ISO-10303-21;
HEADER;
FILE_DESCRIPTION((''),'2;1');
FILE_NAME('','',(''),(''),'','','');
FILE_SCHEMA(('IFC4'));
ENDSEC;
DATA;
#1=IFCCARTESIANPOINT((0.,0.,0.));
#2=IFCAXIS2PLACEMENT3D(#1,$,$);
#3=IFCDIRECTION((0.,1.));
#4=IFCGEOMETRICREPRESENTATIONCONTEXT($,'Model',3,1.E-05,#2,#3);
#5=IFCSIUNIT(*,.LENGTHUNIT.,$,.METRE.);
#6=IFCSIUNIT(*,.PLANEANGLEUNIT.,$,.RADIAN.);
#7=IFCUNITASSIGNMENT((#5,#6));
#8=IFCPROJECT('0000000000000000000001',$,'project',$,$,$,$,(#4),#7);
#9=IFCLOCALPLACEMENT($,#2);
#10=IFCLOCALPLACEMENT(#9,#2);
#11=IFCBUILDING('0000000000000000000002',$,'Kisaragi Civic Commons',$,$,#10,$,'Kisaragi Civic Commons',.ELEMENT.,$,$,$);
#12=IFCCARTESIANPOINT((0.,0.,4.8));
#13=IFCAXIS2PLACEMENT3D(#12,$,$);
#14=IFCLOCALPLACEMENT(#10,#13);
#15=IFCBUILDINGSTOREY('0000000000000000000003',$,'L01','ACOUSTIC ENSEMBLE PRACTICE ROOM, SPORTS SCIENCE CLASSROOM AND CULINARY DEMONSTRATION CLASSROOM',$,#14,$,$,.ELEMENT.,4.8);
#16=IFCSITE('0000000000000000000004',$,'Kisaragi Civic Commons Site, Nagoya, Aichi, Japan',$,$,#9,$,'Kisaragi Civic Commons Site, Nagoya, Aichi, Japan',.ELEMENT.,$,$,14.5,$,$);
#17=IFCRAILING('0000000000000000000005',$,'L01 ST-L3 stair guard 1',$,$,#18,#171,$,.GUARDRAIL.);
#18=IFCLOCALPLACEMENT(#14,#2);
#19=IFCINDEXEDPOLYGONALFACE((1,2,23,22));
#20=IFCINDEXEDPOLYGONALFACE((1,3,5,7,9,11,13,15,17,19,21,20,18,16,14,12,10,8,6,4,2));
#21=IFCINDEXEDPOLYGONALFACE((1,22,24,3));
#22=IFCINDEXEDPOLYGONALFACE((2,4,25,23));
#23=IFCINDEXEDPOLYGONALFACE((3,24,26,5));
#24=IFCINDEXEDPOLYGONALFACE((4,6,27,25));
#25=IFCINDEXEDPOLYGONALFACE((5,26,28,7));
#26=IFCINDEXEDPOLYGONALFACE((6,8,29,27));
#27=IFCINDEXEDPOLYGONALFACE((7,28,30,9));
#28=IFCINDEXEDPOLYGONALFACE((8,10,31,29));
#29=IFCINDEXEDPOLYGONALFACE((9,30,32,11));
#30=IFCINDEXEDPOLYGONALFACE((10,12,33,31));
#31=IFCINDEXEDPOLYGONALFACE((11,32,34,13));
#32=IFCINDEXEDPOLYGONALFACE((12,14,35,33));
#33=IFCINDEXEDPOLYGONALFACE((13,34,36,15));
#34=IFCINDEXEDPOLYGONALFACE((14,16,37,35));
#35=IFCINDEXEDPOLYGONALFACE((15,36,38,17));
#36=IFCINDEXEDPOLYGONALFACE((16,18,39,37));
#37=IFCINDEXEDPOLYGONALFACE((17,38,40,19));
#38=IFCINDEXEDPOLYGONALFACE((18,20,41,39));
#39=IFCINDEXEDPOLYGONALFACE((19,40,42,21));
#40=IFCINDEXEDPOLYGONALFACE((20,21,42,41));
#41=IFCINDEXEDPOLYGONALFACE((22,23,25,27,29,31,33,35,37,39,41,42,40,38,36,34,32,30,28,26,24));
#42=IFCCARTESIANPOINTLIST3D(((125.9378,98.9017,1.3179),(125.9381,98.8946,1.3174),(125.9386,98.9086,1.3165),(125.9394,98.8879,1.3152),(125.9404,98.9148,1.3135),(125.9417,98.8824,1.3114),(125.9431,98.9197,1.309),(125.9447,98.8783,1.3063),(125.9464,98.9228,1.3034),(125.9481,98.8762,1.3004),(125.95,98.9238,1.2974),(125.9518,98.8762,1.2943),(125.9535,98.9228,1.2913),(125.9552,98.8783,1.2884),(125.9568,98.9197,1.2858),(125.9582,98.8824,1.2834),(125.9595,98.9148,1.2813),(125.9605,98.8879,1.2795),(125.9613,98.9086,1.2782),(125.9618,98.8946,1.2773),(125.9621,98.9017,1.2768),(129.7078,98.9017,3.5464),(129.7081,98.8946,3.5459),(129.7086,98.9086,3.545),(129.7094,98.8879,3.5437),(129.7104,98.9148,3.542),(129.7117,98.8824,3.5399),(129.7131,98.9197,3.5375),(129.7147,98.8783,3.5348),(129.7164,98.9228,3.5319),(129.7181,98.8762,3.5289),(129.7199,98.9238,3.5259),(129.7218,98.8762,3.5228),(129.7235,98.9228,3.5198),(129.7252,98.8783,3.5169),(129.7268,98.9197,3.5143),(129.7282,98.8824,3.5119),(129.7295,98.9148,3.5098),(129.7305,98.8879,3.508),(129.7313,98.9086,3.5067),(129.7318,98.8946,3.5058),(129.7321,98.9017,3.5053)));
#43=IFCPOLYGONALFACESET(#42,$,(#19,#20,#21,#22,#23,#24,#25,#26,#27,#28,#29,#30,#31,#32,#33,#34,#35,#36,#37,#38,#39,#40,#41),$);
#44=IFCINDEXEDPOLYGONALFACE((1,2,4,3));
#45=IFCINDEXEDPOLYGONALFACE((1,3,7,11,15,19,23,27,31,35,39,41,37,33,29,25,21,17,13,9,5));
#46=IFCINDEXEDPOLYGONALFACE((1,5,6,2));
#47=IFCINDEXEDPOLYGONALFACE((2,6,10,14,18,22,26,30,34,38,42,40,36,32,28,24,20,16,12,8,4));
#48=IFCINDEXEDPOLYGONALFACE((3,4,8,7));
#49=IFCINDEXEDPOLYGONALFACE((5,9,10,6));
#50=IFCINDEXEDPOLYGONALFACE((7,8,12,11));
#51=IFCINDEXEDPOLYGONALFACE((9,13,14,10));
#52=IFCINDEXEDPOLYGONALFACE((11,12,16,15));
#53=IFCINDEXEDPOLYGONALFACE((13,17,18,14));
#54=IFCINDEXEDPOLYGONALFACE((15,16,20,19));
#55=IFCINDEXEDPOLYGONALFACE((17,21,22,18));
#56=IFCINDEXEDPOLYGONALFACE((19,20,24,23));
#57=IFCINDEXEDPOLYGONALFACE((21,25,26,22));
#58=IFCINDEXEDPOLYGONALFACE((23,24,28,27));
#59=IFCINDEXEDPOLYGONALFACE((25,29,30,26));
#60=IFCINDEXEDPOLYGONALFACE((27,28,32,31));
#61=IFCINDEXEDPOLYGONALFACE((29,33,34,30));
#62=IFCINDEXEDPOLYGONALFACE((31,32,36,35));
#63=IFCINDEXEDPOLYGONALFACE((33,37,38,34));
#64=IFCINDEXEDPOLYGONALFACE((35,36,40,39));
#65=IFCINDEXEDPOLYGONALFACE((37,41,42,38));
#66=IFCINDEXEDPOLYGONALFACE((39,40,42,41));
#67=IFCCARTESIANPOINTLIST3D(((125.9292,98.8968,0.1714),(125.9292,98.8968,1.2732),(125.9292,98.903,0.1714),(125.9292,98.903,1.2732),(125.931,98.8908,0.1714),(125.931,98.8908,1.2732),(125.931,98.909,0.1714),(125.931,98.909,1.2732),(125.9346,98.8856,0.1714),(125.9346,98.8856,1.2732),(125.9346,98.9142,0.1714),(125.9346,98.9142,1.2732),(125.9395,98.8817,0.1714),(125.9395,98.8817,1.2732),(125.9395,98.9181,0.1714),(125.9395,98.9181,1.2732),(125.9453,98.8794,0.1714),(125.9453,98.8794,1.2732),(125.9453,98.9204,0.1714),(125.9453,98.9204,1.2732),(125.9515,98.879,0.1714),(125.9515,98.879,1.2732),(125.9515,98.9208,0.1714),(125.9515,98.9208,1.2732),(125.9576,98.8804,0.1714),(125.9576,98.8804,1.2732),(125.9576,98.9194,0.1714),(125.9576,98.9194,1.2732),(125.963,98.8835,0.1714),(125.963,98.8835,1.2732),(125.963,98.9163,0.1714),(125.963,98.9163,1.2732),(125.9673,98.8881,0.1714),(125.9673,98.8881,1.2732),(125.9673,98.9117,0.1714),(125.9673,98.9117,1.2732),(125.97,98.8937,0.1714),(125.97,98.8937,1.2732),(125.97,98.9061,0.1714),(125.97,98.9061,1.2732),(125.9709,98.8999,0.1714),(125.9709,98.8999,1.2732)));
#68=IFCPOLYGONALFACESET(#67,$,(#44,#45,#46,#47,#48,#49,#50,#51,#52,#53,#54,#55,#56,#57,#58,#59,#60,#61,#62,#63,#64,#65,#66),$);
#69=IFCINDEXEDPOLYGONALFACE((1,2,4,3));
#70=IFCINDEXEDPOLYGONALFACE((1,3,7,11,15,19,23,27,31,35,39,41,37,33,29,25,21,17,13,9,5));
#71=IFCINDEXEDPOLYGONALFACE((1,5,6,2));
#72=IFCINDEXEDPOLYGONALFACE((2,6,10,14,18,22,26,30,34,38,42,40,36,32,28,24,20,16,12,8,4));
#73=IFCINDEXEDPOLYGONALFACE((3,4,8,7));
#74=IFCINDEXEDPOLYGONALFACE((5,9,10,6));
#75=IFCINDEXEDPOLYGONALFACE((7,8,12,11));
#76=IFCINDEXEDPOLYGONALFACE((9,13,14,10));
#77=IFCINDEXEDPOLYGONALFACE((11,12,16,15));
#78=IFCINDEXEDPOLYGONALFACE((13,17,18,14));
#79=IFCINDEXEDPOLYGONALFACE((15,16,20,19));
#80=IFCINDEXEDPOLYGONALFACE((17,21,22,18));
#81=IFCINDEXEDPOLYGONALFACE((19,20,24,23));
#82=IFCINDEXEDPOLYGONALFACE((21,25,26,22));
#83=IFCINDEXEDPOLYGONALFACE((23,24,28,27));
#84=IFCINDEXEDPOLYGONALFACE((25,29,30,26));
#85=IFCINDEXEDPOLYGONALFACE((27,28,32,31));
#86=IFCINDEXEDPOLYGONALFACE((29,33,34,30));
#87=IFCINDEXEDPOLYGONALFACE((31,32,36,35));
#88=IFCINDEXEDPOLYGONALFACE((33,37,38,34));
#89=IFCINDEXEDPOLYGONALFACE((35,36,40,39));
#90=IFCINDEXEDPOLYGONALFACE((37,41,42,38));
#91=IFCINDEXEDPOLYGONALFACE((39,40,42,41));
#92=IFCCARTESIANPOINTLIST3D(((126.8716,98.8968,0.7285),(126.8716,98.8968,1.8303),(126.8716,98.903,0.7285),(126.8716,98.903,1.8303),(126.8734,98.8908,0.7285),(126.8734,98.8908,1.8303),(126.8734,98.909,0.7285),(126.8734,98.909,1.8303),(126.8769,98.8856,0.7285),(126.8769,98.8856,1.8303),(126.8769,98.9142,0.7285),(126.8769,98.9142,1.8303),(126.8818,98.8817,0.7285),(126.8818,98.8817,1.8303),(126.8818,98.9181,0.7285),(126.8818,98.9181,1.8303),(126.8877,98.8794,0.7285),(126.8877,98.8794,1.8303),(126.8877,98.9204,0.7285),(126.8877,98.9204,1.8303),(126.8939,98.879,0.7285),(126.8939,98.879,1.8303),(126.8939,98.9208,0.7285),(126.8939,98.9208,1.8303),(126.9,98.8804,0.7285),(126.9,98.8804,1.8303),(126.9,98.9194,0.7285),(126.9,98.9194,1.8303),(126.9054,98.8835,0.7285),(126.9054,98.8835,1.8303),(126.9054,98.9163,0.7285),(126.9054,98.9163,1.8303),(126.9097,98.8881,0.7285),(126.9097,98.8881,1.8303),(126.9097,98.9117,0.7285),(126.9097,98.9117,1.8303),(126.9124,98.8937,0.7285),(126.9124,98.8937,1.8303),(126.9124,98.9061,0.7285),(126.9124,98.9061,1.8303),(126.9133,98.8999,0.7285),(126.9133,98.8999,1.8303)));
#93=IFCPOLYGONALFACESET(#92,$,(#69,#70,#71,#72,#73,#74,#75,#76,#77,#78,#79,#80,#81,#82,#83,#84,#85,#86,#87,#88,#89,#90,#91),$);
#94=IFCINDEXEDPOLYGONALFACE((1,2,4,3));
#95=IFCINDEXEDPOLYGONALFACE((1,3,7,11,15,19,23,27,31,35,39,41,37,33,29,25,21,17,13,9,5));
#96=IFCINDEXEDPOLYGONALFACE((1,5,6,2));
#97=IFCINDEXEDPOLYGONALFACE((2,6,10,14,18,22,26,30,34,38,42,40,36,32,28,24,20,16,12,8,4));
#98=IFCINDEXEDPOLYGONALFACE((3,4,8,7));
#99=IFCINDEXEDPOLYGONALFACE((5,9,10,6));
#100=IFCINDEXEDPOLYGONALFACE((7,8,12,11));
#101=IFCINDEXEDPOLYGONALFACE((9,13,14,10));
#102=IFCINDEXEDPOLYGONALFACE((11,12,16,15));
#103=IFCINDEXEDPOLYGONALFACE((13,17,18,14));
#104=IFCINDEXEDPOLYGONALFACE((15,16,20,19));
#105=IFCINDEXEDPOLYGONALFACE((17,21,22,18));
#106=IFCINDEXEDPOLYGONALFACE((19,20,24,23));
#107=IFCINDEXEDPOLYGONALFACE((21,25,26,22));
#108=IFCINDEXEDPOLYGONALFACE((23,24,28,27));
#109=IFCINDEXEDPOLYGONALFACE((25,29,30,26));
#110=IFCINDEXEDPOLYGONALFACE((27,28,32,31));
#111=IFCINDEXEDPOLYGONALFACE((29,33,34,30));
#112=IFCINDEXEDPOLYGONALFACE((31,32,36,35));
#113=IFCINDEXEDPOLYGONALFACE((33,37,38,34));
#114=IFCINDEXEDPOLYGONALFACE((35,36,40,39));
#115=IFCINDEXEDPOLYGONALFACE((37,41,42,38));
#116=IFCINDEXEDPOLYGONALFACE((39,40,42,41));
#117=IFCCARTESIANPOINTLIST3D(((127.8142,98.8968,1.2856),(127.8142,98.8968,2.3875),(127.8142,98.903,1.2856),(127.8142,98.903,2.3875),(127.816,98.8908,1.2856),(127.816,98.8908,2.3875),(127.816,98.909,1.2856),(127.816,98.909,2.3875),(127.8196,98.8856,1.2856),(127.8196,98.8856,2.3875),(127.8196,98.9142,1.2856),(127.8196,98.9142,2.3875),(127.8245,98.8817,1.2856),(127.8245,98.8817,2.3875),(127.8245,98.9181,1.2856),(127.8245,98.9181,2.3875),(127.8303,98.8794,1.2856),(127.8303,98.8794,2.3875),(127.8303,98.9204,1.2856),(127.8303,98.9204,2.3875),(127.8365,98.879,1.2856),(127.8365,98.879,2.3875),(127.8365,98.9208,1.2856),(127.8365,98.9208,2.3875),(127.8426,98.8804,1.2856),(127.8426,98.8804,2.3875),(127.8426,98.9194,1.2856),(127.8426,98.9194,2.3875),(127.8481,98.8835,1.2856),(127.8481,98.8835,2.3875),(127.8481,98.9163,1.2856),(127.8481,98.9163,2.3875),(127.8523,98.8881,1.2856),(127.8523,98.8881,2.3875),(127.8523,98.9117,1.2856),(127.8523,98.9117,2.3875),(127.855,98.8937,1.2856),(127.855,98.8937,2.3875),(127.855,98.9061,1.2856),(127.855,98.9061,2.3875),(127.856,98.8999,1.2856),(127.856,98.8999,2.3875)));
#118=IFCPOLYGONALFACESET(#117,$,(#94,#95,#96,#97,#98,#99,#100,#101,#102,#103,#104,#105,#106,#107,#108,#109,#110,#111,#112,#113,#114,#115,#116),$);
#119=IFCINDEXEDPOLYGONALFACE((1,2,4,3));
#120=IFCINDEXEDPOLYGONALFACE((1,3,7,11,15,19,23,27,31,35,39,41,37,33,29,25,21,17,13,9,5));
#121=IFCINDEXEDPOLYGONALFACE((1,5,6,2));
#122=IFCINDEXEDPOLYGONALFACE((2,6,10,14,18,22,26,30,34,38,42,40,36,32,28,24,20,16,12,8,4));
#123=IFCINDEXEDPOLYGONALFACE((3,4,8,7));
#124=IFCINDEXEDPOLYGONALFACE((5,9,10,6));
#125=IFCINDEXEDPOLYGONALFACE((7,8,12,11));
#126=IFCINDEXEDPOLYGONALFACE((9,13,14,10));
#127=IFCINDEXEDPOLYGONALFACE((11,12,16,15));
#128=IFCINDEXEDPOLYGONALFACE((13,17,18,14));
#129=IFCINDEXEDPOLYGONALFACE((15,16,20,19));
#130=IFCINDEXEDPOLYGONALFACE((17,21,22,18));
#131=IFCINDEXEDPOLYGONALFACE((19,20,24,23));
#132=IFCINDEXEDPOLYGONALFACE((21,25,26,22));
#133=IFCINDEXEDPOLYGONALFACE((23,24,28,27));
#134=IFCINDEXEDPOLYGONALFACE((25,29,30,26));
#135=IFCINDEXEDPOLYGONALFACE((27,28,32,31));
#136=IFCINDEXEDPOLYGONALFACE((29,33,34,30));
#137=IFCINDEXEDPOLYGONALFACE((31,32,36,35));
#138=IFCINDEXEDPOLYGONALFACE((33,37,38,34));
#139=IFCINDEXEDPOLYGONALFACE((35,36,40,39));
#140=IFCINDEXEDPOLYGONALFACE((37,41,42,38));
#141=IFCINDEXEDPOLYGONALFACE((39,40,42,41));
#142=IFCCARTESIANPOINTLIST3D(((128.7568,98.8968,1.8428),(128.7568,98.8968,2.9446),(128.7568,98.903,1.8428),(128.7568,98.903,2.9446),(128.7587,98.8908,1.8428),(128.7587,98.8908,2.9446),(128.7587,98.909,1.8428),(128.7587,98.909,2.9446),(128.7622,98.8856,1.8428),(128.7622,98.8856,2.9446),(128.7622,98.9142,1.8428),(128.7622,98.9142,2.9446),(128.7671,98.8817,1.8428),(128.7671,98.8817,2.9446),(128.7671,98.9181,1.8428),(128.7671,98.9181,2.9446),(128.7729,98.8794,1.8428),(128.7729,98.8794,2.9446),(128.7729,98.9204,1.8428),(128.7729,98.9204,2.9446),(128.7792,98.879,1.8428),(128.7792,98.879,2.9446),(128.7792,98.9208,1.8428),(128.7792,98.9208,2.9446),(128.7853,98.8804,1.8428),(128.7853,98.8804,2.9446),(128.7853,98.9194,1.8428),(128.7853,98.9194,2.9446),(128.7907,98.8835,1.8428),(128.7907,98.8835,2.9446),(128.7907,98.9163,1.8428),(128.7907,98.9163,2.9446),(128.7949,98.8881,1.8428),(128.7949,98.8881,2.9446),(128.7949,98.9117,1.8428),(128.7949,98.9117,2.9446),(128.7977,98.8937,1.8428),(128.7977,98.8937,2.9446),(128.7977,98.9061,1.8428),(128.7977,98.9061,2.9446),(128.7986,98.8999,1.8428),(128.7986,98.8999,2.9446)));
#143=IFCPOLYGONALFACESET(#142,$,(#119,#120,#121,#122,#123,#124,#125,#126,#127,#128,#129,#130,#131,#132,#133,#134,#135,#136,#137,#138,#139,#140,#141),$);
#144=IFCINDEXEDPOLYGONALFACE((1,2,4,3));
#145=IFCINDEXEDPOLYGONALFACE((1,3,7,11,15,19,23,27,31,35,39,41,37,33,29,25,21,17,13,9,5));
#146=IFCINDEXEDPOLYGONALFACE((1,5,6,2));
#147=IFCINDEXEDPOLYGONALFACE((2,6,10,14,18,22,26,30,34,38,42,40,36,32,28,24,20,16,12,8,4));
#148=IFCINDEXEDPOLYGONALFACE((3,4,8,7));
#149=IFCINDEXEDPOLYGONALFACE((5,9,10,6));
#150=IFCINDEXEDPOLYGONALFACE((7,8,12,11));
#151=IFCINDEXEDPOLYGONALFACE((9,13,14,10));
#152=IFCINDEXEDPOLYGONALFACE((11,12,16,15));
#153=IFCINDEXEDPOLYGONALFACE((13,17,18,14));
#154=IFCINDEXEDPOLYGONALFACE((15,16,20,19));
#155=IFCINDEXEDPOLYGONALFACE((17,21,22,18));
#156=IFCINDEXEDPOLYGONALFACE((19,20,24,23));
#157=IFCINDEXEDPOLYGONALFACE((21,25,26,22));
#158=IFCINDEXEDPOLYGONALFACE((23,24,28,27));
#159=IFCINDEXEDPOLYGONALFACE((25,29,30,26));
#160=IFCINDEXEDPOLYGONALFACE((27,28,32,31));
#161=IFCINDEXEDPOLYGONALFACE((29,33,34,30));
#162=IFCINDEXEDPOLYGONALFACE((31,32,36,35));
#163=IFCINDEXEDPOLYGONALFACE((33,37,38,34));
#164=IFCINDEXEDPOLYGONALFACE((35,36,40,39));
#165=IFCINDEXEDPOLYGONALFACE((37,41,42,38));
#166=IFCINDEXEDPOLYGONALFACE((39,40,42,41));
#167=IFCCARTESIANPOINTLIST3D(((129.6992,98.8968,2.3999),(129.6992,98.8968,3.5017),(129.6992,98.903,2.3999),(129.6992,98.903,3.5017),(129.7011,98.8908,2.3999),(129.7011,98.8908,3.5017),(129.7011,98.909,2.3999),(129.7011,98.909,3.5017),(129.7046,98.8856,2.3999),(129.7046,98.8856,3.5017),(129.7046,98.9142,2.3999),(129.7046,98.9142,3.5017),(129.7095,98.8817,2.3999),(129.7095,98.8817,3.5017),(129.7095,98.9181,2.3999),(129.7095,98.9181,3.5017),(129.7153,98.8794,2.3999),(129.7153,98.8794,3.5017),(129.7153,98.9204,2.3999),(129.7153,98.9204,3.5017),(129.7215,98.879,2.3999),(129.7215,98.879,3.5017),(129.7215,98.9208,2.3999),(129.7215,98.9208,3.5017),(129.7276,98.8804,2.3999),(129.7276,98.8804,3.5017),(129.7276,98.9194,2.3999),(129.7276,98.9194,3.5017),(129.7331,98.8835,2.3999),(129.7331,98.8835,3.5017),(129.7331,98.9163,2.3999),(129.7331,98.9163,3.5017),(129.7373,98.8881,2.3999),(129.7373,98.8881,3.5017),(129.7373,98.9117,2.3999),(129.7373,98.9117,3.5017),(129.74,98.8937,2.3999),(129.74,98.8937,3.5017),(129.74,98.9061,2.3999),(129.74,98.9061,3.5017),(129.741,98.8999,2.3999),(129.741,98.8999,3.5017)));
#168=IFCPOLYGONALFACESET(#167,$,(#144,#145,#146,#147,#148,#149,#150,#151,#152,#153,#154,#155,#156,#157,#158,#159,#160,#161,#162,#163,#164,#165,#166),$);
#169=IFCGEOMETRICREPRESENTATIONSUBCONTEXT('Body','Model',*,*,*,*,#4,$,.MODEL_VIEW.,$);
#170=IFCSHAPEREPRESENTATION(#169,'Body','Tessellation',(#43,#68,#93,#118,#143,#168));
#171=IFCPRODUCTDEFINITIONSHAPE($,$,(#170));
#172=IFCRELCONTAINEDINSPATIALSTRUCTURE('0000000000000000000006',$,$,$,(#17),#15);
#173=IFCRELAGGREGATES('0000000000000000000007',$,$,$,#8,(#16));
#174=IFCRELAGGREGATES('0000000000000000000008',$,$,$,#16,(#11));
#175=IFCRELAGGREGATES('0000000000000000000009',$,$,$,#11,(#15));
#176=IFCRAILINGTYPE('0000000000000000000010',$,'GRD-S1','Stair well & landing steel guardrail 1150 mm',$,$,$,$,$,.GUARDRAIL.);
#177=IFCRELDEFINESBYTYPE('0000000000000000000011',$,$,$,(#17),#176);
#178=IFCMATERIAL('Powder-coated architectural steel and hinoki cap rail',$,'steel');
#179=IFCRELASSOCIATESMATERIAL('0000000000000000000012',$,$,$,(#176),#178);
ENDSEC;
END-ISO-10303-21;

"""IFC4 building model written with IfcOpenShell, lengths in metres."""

from ifc_helpers import new_model, si_unit, direction, frame, origin, origin_2d, place, context, subcontext, project, spatial, circle, extrude, material, type_object, element, save


model = new_model("IFC4")

# Units and contexts
model_context = context("Model", 3, precision=1e-05, world=origin(), true_north=direction((0.0, 1.0)))
body_context = subcontext(model_context, "Body", "Model", "MODEL_VIEW")
ifc_project = project(units=[si_unit("LENGTHUNIT", "METRE"), si_unit("PLANEANGLEUNIT", "RADIAN")], contexts=[model_context])

# Site, building, storey
site_placement = place(None, origin())
site = spatial("IfcSite", under=ifc_project, at=site_placement, Name="Kisaragi Civic Commons Site, Nagoya, Aichi, Japan", LongName="Kisaragi Civic Commons Site, Nagoya, Aichi, Japan", CompositionType="ELEMENT", RefElevation=14.5)
building_placement = place(site_placement, origin())
building = spatial("IfcBuilding", under=site, at=building_placement, Name="Kisaragi Civic Commons", LongName="Kisaragi Civic Commons", CompositionType="ELEMENT")
storey_placement = place(building_placement, frame((0.0, 0.0, 4.8)))
storey = spatial("IfcBuildingStorey", under=building, at=storey_placement, Name="L01", Description="ACOUSTIC ENSEMBLE PRACTICE ROOM, SPORTS SCIENCE CLASSROOM AND CULINARY DEMONSTRATION CLASSROOM", CompositionType="ELEMENT", Elevation=4.8)

# Railing
ifc_material_1 = material(Name="Powder-coated architectural steel and hinoki cap rail", Category="steel")
railing_type_1 = type_object("IfcRailingType", Name="GRD-S1", Description="Stair well & landing steel guardrail 1150 mm", PredefinedType="GUARDRAIL", material=ifc_material_1)
railing_1_placement = place(storey_placement, frame((125.95, 98.8999, 0.1714)))
element("IfcRailing", 1, at=railing_1_placement, inside=storey, type_object=railing_type_1, Name="L01 ST-L3 stair guard 1", PredefinedType="GUARDRAIL", context=body_context, shape_type="SweptSolid", body=[
    extrude(circle(Radius=0.0239, at=origin_2d()), frame((0.0, 0.0, 1.126), z_axis=(0.860849, 0.0, 0.508861), x_axis=(0.0, 1.0, 0.0)), (0.0, 0.0, 1.0), 4.3794),
    extrude(circle(Radius=0.021, at=origin_2d()), origin(), (0.0, 0.0, 1.0), 1.1018),
    extrude(circle(Radius=0.021, at=origin_2d()), frame((0.9424, 0.0, 0.5571)), (0.0, 0.0, 1.0), 1.1018),
    extrude(circle(Radius=0.021, at=origin_2d()), frame((1.885, 0.0, 1.1143)), (0.0, 0.0, 1.0), 1.1018),
    extrude(circle(Radius=0.021, at=origin_2d()), frame((2.8276, 0.0, 1.6714)), (0.0, 0.0, 1.0), 1.1018),
    extrude(circle(Radius=0.021, at=origin_2d()), frame((3.77, 0.0, 2.2285)), (0.0, 0.0, 1.0), 1.1018),
])

save(model, "model.ifc")
